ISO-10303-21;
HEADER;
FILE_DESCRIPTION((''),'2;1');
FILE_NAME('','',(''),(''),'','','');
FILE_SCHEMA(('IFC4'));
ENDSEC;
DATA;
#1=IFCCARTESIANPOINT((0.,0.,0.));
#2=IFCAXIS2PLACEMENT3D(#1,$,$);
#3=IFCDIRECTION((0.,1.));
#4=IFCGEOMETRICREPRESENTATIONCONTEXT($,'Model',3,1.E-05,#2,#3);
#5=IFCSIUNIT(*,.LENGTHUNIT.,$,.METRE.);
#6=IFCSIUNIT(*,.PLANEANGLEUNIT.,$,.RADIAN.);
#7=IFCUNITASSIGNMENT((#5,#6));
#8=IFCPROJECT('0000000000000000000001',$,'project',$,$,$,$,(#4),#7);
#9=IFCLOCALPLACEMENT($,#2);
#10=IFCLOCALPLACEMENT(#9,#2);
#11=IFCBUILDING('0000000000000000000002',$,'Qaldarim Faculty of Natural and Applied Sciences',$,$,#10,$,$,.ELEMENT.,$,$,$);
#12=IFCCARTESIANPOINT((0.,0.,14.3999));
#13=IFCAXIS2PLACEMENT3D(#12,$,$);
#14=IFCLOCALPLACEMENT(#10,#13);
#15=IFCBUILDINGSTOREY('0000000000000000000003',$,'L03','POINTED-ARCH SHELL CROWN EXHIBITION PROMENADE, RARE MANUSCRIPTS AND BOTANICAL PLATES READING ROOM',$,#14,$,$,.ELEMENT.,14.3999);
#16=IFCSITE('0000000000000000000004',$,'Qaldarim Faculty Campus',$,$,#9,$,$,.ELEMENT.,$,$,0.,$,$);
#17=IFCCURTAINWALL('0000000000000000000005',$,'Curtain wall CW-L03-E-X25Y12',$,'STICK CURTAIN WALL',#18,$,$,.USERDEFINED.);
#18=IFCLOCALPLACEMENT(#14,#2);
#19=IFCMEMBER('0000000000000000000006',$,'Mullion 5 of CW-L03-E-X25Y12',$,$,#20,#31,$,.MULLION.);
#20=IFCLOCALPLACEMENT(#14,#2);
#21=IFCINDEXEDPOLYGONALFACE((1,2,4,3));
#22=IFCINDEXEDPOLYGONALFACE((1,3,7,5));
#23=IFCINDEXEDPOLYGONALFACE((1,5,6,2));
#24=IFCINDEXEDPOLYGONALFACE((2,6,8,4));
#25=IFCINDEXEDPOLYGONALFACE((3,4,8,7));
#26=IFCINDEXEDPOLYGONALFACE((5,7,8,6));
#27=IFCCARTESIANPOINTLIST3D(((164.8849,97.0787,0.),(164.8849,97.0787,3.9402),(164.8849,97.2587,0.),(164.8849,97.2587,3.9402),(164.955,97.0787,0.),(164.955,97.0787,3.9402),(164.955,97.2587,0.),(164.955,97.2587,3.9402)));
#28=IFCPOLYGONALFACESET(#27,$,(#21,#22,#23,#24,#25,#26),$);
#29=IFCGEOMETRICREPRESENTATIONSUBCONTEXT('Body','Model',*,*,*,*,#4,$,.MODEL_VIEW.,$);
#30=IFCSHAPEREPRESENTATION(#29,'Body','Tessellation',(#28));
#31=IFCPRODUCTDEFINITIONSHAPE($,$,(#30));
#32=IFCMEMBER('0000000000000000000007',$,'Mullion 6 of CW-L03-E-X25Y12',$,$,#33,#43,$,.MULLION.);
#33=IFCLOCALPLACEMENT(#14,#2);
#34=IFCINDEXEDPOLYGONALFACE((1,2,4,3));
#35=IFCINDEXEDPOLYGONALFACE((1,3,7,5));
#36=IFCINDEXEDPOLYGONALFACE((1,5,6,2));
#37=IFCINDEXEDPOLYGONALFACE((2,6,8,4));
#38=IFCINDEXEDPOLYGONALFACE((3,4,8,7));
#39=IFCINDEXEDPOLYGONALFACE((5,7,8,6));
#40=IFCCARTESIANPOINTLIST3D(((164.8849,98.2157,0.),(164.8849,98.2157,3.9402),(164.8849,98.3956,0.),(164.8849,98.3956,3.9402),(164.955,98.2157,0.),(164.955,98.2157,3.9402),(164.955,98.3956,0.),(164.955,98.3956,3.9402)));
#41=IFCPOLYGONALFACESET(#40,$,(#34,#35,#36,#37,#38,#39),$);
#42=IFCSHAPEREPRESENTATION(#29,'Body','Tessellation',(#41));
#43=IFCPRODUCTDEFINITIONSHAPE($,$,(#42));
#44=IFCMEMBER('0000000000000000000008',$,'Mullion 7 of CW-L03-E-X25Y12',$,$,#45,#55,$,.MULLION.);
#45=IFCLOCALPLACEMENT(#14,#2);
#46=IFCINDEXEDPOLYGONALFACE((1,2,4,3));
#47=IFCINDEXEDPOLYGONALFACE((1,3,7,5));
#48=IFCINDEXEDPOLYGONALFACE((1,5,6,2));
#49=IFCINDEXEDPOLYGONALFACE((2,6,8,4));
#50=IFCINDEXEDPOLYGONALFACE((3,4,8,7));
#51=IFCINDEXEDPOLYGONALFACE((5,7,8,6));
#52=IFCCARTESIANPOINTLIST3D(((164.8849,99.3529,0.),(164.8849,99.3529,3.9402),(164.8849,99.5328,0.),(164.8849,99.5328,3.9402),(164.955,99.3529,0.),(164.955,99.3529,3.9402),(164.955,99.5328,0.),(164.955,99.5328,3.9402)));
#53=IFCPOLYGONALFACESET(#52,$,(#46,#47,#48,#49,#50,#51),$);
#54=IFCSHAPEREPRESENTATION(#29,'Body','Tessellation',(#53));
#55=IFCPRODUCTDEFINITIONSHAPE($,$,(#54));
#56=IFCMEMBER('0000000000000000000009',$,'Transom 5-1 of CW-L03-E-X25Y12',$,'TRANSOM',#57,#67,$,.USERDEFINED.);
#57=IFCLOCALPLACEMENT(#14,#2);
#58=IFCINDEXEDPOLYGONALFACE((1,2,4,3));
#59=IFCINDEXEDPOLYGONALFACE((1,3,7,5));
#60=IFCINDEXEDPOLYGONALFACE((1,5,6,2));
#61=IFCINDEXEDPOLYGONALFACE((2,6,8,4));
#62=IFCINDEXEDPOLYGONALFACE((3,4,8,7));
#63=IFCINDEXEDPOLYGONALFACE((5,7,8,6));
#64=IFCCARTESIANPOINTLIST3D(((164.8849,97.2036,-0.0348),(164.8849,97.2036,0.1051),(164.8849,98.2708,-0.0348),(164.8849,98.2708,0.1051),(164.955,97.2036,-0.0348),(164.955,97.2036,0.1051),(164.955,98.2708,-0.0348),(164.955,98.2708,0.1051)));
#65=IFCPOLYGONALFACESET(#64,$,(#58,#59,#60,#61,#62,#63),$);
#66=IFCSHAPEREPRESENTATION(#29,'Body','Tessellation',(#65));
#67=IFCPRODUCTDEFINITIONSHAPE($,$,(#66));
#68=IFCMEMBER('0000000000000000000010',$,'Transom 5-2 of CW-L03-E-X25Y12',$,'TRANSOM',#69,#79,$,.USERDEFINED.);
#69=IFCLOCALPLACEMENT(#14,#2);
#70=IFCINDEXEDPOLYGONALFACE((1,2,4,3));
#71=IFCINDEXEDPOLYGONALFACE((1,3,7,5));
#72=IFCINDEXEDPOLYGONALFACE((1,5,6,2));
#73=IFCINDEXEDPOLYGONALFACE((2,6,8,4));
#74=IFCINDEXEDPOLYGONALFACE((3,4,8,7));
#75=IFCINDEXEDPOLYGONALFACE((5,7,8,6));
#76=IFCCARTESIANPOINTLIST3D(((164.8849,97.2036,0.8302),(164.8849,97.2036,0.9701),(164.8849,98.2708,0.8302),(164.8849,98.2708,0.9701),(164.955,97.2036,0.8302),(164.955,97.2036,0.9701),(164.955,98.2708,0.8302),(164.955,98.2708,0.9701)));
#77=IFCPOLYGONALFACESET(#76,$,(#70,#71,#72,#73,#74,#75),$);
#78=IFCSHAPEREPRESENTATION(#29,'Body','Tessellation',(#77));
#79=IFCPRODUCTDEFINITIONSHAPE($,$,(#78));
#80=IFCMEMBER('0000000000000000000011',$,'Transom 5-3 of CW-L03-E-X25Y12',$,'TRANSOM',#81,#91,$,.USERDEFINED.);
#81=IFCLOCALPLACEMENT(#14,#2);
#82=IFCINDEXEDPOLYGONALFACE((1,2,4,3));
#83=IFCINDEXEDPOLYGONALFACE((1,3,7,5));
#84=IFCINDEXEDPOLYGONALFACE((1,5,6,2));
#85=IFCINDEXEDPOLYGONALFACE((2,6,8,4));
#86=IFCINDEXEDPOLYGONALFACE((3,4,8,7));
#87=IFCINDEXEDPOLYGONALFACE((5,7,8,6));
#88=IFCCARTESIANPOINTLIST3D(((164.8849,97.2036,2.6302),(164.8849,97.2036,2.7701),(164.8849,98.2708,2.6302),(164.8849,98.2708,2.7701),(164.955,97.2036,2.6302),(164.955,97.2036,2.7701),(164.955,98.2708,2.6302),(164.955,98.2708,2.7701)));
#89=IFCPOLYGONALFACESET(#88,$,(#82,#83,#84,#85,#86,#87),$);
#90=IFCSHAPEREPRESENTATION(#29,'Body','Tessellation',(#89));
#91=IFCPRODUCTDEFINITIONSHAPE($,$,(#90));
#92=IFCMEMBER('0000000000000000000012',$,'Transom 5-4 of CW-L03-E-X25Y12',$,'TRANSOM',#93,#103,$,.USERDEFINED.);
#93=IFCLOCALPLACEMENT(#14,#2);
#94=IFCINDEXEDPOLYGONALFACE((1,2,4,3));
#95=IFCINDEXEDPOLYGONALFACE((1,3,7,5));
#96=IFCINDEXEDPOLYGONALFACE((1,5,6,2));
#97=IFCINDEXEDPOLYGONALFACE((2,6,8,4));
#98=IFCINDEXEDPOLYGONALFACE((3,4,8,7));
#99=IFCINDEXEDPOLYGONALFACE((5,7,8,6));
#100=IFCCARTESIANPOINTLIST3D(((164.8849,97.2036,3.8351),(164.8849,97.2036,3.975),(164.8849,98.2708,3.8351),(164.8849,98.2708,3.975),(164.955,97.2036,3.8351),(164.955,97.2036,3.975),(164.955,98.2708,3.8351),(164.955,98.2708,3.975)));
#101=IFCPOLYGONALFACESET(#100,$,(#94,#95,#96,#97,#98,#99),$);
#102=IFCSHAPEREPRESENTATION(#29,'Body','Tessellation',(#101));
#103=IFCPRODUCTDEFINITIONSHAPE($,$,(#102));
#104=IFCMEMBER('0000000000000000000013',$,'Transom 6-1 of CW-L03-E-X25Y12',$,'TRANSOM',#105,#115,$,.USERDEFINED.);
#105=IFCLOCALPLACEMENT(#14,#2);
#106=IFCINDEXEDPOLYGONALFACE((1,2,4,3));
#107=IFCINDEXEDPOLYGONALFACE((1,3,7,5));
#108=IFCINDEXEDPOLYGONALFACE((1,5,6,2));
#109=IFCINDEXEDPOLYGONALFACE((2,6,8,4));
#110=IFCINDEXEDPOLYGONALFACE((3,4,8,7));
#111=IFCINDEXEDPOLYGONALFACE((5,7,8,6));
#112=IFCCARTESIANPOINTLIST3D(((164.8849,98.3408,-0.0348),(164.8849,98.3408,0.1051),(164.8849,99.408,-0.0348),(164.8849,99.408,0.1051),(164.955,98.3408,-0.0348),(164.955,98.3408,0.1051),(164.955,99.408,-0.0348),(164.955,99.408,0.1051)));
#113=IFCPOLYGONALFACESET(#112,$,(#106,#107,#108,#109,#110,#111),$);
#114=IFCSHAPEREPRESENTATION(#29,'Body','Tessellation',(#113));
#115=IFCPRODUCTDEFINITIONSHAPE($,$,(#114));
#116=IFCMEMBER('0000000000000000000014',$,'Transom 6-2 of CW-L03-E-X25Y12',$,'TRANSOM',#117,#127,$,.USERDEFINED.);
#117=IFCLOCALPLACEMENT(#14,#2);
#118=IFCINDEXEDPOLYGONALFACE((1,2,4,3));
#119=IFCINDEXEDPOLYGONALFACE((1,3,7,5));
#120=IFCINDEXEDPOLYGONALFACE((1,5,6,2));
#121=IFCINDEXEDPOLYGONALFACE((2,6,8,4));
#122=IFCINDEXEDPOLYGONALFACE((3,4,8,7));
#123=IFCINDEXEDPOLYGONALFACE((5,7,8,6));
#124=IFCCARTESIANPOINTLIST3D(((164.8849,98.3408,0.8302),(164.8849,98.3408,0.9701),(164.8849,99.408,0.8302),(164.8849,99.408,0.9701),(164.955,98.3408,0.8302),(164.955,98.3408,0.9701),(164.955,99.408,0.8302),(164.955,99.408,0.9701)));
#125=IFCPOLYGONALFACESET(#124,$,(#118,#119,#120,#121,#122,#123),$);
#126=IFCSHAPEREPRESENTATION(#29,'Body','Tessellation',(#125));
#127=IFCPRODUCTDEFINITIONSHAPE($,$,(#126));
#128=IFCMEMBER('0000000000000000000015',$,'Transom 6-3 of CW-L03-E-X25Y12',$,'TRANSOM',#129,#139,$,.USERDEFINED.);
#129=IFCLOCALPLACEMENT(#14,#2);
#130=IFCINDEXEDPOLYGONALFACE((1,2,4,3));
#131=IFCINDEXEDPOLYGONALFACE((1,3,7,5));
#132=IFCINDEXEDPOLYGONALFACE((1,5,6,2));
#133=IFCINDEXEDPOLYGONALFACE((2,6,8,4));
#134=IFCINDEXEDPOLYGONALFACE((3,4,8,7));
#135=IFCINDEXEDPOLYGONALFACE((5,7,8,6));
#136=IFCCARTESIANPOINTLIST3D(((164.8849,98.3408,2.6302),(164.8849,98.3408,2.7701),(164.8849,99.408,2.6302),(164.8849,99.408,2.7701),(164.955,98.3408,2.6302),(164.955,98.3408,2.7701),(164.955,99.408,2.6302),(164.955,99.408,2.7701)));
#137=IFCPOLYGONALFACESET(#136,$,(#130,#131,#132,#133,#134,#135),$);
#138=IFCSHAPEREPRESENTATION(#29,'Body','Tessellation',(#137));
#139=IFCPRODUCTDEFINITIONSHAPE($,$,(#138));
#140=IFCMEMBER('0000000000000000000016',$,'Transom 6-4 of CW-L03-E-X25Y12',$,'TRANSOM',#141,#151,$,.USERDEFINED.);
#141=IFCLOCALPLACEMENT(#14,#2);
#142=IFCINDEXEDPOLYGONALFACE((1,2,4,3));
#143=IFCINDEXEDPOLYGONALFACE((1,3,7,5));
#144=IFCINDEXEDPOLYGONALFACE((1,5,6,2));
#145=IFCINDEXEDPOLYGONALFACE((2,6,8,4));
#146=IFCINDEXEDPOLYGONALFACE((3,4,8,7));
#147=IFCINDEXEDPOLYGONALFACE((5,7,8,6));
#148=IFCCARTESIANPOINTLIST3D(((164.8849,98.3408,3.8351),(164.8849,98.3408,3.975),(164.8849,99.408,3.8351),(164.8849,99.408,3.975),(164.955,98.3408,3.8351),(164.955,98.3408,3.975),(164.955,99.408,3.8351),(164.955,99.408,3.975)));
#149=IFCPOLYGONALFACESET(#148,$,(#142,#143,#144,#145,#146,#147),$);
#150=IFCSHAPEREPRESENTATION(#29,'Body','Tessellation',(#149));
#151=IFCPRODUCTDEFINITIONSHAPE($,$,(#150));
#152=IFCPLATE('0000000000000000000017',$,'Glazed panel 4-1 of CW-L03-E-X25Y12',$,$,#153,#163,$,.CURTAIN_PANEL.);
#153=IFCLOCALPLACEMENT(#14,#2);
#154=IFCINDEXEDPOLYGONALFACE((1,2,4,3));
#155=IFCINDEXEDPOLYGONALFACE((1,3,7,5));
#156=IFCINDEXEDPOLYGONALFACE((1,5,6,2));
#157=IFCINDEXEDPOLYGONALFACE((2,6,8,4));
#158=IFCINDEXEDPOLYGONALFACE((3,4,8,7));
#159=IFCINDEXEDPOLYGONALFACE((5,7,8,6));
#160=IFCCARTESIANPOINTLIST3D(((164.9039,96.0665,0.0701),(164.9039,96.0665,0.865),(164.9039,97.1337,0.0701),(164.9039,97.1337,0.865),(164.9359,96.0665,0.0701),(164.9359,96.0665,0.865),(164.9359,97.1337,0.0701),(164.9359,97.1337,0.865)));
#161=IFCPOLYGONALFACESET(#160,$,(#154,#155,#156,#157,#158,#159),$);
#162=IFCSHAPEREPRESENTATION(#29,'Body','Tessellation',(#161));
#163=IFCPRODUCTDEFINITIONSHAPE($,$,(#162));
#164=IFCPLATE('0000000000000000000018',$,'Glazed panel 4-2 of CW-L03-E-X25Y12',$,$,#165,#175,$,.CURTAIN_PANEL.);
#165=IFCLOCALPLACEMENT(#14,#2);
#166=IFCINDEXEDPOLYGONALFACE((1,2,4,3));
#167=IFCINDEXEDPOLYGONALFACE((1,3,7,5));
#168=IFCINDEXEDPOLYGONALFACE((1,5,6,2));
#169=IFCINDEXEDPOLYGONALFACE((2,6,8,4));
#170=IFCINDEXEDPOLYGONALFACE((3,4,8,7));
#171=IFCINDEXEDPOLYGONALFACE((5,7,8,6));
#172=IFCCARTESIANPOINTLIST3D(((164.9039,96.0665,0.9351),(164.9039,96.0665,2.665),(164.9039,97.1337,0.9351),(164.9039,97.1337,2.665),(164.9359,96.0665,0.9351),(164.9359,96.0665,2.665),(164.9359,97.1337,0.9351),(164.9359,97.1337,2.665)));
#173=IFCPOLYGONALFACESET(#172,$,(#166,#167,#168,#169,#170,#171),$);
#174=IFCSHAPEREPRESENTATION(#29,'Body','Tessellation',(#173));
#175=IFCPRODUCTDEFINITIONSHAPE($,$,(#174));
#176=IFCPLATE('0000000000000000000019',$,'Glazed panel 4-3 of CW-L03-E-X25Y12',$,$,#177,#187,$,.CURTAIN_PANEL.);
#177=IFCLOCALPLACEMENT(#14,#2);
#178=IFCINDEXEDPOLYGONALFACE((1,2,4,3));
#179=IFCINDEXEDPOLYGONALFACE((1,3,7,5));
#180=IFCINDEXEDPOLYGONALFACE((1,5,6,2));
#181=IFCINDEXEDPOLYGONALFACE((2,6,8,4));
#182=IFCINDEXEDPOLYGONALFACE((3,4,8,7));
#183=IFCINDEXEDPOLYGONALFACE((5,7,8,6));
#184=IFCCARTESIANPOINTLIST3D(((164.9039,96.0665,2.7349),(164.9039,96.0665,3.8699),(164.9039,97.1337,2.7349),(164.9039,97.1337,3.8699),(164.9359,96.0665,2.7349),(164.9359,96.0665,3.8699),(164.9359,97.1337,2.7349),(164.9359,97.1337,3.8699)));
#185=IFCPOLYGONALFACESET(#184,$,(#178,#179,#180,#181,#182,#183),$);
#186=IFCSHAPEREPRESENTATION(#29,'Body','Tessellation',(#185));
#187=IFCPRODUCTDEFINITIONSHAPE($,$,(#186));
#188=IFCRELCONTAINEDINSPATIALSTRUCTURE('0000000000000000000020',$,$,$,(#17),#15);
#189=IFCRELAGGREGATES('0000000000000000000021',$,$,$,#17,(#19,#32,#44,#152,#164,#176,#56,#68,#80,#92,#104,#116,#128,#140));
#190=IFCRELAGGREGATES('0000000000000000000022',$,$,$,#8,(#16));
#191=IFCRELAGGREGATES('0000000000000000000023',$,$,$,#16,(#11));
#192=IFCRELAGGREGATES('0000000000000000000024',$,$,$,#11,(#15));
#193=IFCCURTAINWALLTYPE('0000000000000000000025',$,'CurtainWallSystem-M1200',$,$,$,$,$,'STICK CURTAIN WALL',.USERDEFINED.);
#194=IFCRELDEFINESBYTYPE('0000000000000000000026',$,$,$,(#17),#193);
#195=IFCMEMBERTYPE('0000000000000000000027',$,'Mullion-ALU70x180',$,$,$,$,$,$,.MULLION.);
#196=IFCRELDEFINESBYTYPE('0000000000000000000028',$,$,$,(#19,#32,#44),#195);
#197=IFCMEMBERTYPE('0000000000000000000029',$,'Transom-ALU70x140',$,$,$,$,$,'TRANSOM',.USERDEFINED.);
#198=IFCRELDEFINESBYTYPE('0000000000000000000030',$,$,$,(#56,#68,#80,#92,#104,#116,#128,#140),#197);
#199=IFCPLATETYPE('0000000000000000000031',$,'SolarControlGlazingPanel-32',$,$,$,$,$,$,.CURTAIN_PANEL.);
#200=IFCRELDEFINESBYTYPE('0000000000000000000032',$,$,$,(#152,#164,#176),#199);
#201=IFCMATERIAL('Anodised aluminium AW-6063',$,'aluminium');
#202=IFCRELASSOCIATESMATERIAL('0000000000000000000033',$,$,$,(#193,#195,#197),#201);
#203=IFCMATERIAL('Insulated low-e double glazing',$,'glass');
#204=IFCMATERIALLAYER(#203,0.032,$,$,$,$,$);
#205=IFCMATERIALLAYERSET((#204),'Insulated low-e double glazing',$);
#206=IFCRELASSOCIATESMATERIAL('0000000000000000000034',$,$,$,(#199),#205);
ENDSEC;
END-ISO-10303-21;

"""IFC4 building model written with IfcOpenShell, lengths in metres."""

from ifc_helpers import new_model, si_unit, direction, frame, origin, origin_2d, place, context, subcontext, project, spatial, rectangle, extrude, material, layer, layer_set, material_profile, profile_set, type_object, element, aggregate, save


model = new_model("IFC4")

# Units and contexts
model_context = context("Model", 3, precision=1e-05, world=origin(), true_north=direction((0.0, 1.0)))
body_context = subcontext(model_context, "Body", "Model", "MODEL_VIEW")
ifc_project = project(units=[si_unit("LENGTHUNIT", "METRE"), si_unit("PLANEANGLEUNIT", "RADIAN")], contexts=[model_context])

# Site, building, storey
site_placement = place(None, origin())
site = spatial("IfcSite", under=ifc_project, at=site_placement, Name="Qaldarim Faculty Campus", CompositionType="ELEMENT", RefElevation=0.0)
building_placement = place(site_placement, origin())
building = spatial("IfcBuilding", under=site, at=building_placement, Name="Qaldarim Faculty of Natural and Applied Sciences", CompositionType="ELEMENT")
storey_placement = place(building_placement, frame((0.0, 0.0, 14.3999)))
storey = spatial("IfcBuildingStorey", under=building, at=storey_placement, Name="L03", Description="POINTED-ARCH SHELL CROWN EXHIBITION PROMENADE, RARE MANUSCRIPTS AND BOTANICAL PLATES READING ROOM", CompositionType="ELEMENT", Elevation=14.3999)

# Curtain wall, members, plates
ifc_material_1 = material(Name="Anodised aluminium AW-6063", Category="aluminium")
curtain_wall_type = type_object("IfcCurtainWallType", Name="CurtainWallSystem-M1200", ElementType="STICK CURTAIN WALL", PredefinedType="USERDEFINED", material=ifc_material_1)
curtain_wall_placement = place(storey_placement, origin())
curtain_wall = element("IfcCurtainWall", 1, at=curtain_wall_placement, inside=storey, type_object=curtain_wall_type, Name="Curtain wall CW-L03-E-X25Y12", ObjectType="STICK CURTAIN WALL", PredefinedType="USERDEFINED")
ifc_material_profile_1 = material_profile(ifc_material_1, rectangle(XDim=0.0701, YDim=0.1799, at=origin_2d()), Name="ALU-M70x180")
ifc_profile_set_1 = profile_set([ifc_material_profile_1], Name="Anodised aluminium AW-6063")
member_type_1 = type_object("IfcMemberType", Name="Mullion-ALU70x180", PredefinedType="MULLION", material=ifc_profile_set_1)
member_1_placement = place(storey_placement, frame((164.9199, 97.1687, 0.0), z_axis=(0.0, 0.0, 1.0), x_axis=(-1.0, 0.0, 0.0)))
member_1 = element("IfcMember", 2, at=member_1_placement, type_object=member_type_1, Name="Mullion 5 of CW-L03-E-X25Y12", PredefinedType="MULLION", context=body_context, shape_type="SweptSolid", body=[
    extrude(rectangle(XDim=0.0701, YDim=0.1799, at=origin_2d()), origin(), (0.0, 0.0, 1.0), 3.9402),
])
member_2_placement = place(storey_placement, frame((164.9199, 98.3057, 0.0), z_axis=(0.0, 0.0, 1.0), x_axis=(-1.0, 0.0, 0.0)))
member_2 = element("IfcMember", 3, at=member_2_placement, type_object=member_type_1, Name="Mullion 6 of CW-L03-E-X25Y12", PredefinedType="MULLION", context=body_context, shape_type="SweptSolid", body=[
    extrude(rectangle(XDim=0.0701, YDim=0.1799, at=origin_2d()), origin(), (0.0, 0.0, 1.0), 3.9402),
])
member_3_placement = place(storey_placement, frame((164.9199, 99.4429, 0.0), z_axis=(0.0, 0.0, 1.0), x_axis=(-1.0, 0.0, 0.0)))
member_3 = element("IfcMember", 4, at=member_3_placement, type_object=member_type_1, Name="Mullion 7 of CW-L03-E-X25Y12", PredefinedType="MULLION", context=body_context, shape_type="SweptSolid", body=[
    extrude(rectangle(XDim=0.0701, YDim=0.1799, at=origin_2d()), origin(), (0.0, 0.0, 1.0), 3.9402),
])
ifc_material_profile_2 = material_profile(ifc_material_1, rectangle(XDim=0.0701, YDim=0.1399, at=origin_2d()), Name="ALU-T70x140")
ifc_profile_set_2 = profile_set([ifc_material_profile_2], Name="Anodised aluminium AW-6063")
member_type_2 = type_object("IfcMemberType", Name="Transom-ALU70x140", ElementType="TRANSOM", PredefinedType="USERDEFINED", material=ifc_profile_set_2)
member_4_placement = place(storey_placement, frame((164.9199, 97.2036, 0.0352), z_axis=(0.0, 1.0, 0.0), x_axis=(-1.0, 0.0, 0.0)))
member_4 = element("IfcMember", 5, at=member_4_placement, type_object=member_type_2, Name="Transom 5-1 of CW-L03-E-X25Y12", ObjectType="TRANSOM", PredefinedType="USERDEFINED", context=body_context, shape_type="SweptSolid", body=[
    extrude(rectangle(XDim=0.0701, YDim=0.1399, at=origin_2d()), origin(), (0.0, 0.0, 1.0), 1.0671),
])
member_5_placement = place(storey_placement, frame((164.9199, 97.2036, 0.9001), z_axis=(0.0, 1.0, 0.0), x_axis=(-1.0, 0.0, 0.0)))
member_5 = element("IfcMember", 6, at=member_5_placement, type_object=member_type_2, Name="Transom 5-2 of CW-L03-E-X25Y12", ObjectType="TRANSOM", PredefinedType="USERDEFINED", context=body_context, shape_type="SweptSolid", body=[
    extrude(rectangle(XDim=0.0701, YDim=0.1399, at=origin_2d()), origin(), (0.0, 0.0, 1.0), 1.0671),
])
member_6_placement = place(storey_placement, frame((164.9199, 97.2036, 2.7002), z_axis=(0.0, 1.0, 0.0), x_axis=(-1.0, 0.0, 0.0)))
member_6 = element("IfcMember", 7, at=member_6_placement, type_object=member_type_2, Name="Transom 5-3 of CW-L03-E-X25Y12", ObjectType="TRANSOM", PredefinedType="USERDEFINED", context=body_context, shape_type="SweptSolid", body=[
    extrude(rectangle(XDim=0.0701, YDim=0.1399, at=origin_2d()), origin(), (0.0, 0.0, 1.0), 1.0671),
])
member_7_placement = place(storey_placement, frame((164.9199, 97.2036, 3.905), z_axis=(0.0, 1.0, 0.0), x_axis=(-1.0, 0.0, 0.0)))
member_7 = element("IfcMember", 8, at=member_7_placement, type_object=member_type_2, Name="Transom 5-4 of CW-L03-E-X25Y12", ObjectType="TRANSOM", PredefinedType="USERDEFINED", context=body_context, shape_type="SweptSolid", body=[
    extrude(rectangle(XDim=0.0701, YDim=0.1399, at=origin_2d()), origin(), (0.0, 0.0, 1.0), 1.0671),
])
member_8_placement = place(storey_placement, frame((164.9199, 98.3408, 0.0352), z_axis=(0.0, 1.0, 0.0), x_axis=(-1.0, 0.0, 0.0)))
member_8 = element("IfcMember", 9, at=member_8_placement, type_object=member_type_2, Name="Transom 6-1 of CW-L03-E-X25Y12", ObjectType="TRANSOM", PredefinedType="USERDEFINED", context=body_context, shape_type="SweptSolid", body=[
    extrude(rectangle(XDim=0.0701, YDim=0.1399, at=origin_2d()), origin(), (0.0, 0.0, 1.0), 1.0671),
])
member_9_placement = place(storey_placement, frame((164.9199, 98.3408, 0.9001), z_axis=(0.0, 1.0, 0.0), x_axis=(-1.0, 0.0, 0.0)))
member_9 = element("IfcMember", 10, at=member_9_placement, type_object=member_type_2, Name="Transom 6-2 of CW-L03-E-X25Y12", ObjectType="TRANSOM", PredefinedType="USERDEFINED", context=body_context, shape_type="SweptSolid", body=[
    extrude(rectangle(XDim=0.0701, YDim=0.1399, at=origin_2d()), origin(), (0.0, 0.0, 1.0), 1.0671),
])
member_10_placement = place(storey_placement, frame((164.9199, 98.3408, 2.7002), z_axis=(0.0, 1.0, 0.0), x_axis=(-1.0, 0.0, 0.0)))
member_10 = element("IfcMember", 11, at=member_10_placement, type_object=member_type_2, Name="Transom 6-3 of CW-L03-E-X25Y12", ObjectType="TRANSOM", PredefinedType="USERDEFINED", context=body_context, shape_type="SweptSolid", body=[
    extrude(rectangle(XDim=0.0701, YDim=0.1399, at=origin_2d()), origin(), (0.0, 0.0, 1.0), 1.0671),
])
member_11_placement = place(storey_placement, frame((164.9199, 98.3408, 3.905), z_axis=(0.0, 1.0, 0.0), x_axis=(-1.0, 0.0, 0.0)))
member_11 = element("IfcMember", 12, at=member_11_placement, type_object=member_type_2, Name="Transom 6-4 of CW-L03-E-X25Y12", ObjectType="TRANSOM", PredefinedType="USERDEFINED", context=body_context, shape_type="SweptSolid", body=[
    extrude(rectangle(XDim=0.0701, YDim=0.1399, at=origin_2d()), origin(), (0.0, 0.0, 1.0), 1.0671),
])
ifc_material_2 = material(Name="Insulated low-e double glazing", Category="glass")
ifc_layer_1 = layer(ifc_material_2, 0.032)
ifc_layer_set_1 = layer_set([ifc_layer_1], Name="Insulated low-e double glazing")
plate_type = type_object("IfcPlateType", Name="SolarControlGlazingPanel-32", PredefinedType="CURTAIN_PANEL", material=ifc_layer_set_1)
plate_1_placement = place(storey_placement, frame((164.9199, 96.6001, 0.0701), z_axis=(0.0, 0.0, 1.0), x_axis=(0.0, 1.0, 0.0)))
plate_1 = element("IfcPlate", 13, at=plate_1_placement, type_object=plate_type, Name="Glazed panel 4-1 of CW-L03-E-X25Y12", PredefinedType="CURTAIN_PANEL", context=body_context, shape_type="SweptSolid", body=[
    extrude(rectangle(XDim=1.0671, YDim=0.032, at=origin_2d()), origin(), (0.0, 0.0, 1.0), 0.7949),
])
plate_2_placement = place(storey_placement, frame((164.9199, 96.6001, 0.9351), z_axis=(0.0, 0.0, 1.0), x_axis=(0.0, 1.0, 0.0)))
plate_2 = element("IfcPlate", 14, at=plate_2_placement, type_object=plate_type, Name="Glazed panel 4-2 of CW-L03-E-X25Y12", PredefinedType="CURTAIN_PANEL", context=body_context, shape_type="SweptSolid", body=[
    extrude(rectangle(XDim=1.0671, YDim=0.032, at=origin_2d()), origin(), (0.0, 0.0, 1.0), 1.73),
])
plate_3_placement = place(storey_placement, frame((164.9199, 96.6001, 2.7349), z_axis=(0.0, 0.0, 1.0), x_axis=(0.0, 1.0, 0.0)))
plate_3 = element("IfcPlate", 15, at=plate_3_placement, type_object=plate_type, Name="Glazed panel 4-3 of CW-L03-E-X25Y12", PredefinedType="CURTAIN_PANEL", context=body_context, shape_type="SweptSolid", body=[
    extrude(rectangle(XDim=1.0671, YDim=0.032, at=origin_2d()), origin(), (0.0, 0.0, 1.0), 1.135),
])
aggregate(curtain_wall, [member_1, member_2, member_3, plate_1, plate_2, plate_3, member_4, member_5, member_6, member_7, member_8, member_9, member_10, member_11])

save(model, "model.ifc")
